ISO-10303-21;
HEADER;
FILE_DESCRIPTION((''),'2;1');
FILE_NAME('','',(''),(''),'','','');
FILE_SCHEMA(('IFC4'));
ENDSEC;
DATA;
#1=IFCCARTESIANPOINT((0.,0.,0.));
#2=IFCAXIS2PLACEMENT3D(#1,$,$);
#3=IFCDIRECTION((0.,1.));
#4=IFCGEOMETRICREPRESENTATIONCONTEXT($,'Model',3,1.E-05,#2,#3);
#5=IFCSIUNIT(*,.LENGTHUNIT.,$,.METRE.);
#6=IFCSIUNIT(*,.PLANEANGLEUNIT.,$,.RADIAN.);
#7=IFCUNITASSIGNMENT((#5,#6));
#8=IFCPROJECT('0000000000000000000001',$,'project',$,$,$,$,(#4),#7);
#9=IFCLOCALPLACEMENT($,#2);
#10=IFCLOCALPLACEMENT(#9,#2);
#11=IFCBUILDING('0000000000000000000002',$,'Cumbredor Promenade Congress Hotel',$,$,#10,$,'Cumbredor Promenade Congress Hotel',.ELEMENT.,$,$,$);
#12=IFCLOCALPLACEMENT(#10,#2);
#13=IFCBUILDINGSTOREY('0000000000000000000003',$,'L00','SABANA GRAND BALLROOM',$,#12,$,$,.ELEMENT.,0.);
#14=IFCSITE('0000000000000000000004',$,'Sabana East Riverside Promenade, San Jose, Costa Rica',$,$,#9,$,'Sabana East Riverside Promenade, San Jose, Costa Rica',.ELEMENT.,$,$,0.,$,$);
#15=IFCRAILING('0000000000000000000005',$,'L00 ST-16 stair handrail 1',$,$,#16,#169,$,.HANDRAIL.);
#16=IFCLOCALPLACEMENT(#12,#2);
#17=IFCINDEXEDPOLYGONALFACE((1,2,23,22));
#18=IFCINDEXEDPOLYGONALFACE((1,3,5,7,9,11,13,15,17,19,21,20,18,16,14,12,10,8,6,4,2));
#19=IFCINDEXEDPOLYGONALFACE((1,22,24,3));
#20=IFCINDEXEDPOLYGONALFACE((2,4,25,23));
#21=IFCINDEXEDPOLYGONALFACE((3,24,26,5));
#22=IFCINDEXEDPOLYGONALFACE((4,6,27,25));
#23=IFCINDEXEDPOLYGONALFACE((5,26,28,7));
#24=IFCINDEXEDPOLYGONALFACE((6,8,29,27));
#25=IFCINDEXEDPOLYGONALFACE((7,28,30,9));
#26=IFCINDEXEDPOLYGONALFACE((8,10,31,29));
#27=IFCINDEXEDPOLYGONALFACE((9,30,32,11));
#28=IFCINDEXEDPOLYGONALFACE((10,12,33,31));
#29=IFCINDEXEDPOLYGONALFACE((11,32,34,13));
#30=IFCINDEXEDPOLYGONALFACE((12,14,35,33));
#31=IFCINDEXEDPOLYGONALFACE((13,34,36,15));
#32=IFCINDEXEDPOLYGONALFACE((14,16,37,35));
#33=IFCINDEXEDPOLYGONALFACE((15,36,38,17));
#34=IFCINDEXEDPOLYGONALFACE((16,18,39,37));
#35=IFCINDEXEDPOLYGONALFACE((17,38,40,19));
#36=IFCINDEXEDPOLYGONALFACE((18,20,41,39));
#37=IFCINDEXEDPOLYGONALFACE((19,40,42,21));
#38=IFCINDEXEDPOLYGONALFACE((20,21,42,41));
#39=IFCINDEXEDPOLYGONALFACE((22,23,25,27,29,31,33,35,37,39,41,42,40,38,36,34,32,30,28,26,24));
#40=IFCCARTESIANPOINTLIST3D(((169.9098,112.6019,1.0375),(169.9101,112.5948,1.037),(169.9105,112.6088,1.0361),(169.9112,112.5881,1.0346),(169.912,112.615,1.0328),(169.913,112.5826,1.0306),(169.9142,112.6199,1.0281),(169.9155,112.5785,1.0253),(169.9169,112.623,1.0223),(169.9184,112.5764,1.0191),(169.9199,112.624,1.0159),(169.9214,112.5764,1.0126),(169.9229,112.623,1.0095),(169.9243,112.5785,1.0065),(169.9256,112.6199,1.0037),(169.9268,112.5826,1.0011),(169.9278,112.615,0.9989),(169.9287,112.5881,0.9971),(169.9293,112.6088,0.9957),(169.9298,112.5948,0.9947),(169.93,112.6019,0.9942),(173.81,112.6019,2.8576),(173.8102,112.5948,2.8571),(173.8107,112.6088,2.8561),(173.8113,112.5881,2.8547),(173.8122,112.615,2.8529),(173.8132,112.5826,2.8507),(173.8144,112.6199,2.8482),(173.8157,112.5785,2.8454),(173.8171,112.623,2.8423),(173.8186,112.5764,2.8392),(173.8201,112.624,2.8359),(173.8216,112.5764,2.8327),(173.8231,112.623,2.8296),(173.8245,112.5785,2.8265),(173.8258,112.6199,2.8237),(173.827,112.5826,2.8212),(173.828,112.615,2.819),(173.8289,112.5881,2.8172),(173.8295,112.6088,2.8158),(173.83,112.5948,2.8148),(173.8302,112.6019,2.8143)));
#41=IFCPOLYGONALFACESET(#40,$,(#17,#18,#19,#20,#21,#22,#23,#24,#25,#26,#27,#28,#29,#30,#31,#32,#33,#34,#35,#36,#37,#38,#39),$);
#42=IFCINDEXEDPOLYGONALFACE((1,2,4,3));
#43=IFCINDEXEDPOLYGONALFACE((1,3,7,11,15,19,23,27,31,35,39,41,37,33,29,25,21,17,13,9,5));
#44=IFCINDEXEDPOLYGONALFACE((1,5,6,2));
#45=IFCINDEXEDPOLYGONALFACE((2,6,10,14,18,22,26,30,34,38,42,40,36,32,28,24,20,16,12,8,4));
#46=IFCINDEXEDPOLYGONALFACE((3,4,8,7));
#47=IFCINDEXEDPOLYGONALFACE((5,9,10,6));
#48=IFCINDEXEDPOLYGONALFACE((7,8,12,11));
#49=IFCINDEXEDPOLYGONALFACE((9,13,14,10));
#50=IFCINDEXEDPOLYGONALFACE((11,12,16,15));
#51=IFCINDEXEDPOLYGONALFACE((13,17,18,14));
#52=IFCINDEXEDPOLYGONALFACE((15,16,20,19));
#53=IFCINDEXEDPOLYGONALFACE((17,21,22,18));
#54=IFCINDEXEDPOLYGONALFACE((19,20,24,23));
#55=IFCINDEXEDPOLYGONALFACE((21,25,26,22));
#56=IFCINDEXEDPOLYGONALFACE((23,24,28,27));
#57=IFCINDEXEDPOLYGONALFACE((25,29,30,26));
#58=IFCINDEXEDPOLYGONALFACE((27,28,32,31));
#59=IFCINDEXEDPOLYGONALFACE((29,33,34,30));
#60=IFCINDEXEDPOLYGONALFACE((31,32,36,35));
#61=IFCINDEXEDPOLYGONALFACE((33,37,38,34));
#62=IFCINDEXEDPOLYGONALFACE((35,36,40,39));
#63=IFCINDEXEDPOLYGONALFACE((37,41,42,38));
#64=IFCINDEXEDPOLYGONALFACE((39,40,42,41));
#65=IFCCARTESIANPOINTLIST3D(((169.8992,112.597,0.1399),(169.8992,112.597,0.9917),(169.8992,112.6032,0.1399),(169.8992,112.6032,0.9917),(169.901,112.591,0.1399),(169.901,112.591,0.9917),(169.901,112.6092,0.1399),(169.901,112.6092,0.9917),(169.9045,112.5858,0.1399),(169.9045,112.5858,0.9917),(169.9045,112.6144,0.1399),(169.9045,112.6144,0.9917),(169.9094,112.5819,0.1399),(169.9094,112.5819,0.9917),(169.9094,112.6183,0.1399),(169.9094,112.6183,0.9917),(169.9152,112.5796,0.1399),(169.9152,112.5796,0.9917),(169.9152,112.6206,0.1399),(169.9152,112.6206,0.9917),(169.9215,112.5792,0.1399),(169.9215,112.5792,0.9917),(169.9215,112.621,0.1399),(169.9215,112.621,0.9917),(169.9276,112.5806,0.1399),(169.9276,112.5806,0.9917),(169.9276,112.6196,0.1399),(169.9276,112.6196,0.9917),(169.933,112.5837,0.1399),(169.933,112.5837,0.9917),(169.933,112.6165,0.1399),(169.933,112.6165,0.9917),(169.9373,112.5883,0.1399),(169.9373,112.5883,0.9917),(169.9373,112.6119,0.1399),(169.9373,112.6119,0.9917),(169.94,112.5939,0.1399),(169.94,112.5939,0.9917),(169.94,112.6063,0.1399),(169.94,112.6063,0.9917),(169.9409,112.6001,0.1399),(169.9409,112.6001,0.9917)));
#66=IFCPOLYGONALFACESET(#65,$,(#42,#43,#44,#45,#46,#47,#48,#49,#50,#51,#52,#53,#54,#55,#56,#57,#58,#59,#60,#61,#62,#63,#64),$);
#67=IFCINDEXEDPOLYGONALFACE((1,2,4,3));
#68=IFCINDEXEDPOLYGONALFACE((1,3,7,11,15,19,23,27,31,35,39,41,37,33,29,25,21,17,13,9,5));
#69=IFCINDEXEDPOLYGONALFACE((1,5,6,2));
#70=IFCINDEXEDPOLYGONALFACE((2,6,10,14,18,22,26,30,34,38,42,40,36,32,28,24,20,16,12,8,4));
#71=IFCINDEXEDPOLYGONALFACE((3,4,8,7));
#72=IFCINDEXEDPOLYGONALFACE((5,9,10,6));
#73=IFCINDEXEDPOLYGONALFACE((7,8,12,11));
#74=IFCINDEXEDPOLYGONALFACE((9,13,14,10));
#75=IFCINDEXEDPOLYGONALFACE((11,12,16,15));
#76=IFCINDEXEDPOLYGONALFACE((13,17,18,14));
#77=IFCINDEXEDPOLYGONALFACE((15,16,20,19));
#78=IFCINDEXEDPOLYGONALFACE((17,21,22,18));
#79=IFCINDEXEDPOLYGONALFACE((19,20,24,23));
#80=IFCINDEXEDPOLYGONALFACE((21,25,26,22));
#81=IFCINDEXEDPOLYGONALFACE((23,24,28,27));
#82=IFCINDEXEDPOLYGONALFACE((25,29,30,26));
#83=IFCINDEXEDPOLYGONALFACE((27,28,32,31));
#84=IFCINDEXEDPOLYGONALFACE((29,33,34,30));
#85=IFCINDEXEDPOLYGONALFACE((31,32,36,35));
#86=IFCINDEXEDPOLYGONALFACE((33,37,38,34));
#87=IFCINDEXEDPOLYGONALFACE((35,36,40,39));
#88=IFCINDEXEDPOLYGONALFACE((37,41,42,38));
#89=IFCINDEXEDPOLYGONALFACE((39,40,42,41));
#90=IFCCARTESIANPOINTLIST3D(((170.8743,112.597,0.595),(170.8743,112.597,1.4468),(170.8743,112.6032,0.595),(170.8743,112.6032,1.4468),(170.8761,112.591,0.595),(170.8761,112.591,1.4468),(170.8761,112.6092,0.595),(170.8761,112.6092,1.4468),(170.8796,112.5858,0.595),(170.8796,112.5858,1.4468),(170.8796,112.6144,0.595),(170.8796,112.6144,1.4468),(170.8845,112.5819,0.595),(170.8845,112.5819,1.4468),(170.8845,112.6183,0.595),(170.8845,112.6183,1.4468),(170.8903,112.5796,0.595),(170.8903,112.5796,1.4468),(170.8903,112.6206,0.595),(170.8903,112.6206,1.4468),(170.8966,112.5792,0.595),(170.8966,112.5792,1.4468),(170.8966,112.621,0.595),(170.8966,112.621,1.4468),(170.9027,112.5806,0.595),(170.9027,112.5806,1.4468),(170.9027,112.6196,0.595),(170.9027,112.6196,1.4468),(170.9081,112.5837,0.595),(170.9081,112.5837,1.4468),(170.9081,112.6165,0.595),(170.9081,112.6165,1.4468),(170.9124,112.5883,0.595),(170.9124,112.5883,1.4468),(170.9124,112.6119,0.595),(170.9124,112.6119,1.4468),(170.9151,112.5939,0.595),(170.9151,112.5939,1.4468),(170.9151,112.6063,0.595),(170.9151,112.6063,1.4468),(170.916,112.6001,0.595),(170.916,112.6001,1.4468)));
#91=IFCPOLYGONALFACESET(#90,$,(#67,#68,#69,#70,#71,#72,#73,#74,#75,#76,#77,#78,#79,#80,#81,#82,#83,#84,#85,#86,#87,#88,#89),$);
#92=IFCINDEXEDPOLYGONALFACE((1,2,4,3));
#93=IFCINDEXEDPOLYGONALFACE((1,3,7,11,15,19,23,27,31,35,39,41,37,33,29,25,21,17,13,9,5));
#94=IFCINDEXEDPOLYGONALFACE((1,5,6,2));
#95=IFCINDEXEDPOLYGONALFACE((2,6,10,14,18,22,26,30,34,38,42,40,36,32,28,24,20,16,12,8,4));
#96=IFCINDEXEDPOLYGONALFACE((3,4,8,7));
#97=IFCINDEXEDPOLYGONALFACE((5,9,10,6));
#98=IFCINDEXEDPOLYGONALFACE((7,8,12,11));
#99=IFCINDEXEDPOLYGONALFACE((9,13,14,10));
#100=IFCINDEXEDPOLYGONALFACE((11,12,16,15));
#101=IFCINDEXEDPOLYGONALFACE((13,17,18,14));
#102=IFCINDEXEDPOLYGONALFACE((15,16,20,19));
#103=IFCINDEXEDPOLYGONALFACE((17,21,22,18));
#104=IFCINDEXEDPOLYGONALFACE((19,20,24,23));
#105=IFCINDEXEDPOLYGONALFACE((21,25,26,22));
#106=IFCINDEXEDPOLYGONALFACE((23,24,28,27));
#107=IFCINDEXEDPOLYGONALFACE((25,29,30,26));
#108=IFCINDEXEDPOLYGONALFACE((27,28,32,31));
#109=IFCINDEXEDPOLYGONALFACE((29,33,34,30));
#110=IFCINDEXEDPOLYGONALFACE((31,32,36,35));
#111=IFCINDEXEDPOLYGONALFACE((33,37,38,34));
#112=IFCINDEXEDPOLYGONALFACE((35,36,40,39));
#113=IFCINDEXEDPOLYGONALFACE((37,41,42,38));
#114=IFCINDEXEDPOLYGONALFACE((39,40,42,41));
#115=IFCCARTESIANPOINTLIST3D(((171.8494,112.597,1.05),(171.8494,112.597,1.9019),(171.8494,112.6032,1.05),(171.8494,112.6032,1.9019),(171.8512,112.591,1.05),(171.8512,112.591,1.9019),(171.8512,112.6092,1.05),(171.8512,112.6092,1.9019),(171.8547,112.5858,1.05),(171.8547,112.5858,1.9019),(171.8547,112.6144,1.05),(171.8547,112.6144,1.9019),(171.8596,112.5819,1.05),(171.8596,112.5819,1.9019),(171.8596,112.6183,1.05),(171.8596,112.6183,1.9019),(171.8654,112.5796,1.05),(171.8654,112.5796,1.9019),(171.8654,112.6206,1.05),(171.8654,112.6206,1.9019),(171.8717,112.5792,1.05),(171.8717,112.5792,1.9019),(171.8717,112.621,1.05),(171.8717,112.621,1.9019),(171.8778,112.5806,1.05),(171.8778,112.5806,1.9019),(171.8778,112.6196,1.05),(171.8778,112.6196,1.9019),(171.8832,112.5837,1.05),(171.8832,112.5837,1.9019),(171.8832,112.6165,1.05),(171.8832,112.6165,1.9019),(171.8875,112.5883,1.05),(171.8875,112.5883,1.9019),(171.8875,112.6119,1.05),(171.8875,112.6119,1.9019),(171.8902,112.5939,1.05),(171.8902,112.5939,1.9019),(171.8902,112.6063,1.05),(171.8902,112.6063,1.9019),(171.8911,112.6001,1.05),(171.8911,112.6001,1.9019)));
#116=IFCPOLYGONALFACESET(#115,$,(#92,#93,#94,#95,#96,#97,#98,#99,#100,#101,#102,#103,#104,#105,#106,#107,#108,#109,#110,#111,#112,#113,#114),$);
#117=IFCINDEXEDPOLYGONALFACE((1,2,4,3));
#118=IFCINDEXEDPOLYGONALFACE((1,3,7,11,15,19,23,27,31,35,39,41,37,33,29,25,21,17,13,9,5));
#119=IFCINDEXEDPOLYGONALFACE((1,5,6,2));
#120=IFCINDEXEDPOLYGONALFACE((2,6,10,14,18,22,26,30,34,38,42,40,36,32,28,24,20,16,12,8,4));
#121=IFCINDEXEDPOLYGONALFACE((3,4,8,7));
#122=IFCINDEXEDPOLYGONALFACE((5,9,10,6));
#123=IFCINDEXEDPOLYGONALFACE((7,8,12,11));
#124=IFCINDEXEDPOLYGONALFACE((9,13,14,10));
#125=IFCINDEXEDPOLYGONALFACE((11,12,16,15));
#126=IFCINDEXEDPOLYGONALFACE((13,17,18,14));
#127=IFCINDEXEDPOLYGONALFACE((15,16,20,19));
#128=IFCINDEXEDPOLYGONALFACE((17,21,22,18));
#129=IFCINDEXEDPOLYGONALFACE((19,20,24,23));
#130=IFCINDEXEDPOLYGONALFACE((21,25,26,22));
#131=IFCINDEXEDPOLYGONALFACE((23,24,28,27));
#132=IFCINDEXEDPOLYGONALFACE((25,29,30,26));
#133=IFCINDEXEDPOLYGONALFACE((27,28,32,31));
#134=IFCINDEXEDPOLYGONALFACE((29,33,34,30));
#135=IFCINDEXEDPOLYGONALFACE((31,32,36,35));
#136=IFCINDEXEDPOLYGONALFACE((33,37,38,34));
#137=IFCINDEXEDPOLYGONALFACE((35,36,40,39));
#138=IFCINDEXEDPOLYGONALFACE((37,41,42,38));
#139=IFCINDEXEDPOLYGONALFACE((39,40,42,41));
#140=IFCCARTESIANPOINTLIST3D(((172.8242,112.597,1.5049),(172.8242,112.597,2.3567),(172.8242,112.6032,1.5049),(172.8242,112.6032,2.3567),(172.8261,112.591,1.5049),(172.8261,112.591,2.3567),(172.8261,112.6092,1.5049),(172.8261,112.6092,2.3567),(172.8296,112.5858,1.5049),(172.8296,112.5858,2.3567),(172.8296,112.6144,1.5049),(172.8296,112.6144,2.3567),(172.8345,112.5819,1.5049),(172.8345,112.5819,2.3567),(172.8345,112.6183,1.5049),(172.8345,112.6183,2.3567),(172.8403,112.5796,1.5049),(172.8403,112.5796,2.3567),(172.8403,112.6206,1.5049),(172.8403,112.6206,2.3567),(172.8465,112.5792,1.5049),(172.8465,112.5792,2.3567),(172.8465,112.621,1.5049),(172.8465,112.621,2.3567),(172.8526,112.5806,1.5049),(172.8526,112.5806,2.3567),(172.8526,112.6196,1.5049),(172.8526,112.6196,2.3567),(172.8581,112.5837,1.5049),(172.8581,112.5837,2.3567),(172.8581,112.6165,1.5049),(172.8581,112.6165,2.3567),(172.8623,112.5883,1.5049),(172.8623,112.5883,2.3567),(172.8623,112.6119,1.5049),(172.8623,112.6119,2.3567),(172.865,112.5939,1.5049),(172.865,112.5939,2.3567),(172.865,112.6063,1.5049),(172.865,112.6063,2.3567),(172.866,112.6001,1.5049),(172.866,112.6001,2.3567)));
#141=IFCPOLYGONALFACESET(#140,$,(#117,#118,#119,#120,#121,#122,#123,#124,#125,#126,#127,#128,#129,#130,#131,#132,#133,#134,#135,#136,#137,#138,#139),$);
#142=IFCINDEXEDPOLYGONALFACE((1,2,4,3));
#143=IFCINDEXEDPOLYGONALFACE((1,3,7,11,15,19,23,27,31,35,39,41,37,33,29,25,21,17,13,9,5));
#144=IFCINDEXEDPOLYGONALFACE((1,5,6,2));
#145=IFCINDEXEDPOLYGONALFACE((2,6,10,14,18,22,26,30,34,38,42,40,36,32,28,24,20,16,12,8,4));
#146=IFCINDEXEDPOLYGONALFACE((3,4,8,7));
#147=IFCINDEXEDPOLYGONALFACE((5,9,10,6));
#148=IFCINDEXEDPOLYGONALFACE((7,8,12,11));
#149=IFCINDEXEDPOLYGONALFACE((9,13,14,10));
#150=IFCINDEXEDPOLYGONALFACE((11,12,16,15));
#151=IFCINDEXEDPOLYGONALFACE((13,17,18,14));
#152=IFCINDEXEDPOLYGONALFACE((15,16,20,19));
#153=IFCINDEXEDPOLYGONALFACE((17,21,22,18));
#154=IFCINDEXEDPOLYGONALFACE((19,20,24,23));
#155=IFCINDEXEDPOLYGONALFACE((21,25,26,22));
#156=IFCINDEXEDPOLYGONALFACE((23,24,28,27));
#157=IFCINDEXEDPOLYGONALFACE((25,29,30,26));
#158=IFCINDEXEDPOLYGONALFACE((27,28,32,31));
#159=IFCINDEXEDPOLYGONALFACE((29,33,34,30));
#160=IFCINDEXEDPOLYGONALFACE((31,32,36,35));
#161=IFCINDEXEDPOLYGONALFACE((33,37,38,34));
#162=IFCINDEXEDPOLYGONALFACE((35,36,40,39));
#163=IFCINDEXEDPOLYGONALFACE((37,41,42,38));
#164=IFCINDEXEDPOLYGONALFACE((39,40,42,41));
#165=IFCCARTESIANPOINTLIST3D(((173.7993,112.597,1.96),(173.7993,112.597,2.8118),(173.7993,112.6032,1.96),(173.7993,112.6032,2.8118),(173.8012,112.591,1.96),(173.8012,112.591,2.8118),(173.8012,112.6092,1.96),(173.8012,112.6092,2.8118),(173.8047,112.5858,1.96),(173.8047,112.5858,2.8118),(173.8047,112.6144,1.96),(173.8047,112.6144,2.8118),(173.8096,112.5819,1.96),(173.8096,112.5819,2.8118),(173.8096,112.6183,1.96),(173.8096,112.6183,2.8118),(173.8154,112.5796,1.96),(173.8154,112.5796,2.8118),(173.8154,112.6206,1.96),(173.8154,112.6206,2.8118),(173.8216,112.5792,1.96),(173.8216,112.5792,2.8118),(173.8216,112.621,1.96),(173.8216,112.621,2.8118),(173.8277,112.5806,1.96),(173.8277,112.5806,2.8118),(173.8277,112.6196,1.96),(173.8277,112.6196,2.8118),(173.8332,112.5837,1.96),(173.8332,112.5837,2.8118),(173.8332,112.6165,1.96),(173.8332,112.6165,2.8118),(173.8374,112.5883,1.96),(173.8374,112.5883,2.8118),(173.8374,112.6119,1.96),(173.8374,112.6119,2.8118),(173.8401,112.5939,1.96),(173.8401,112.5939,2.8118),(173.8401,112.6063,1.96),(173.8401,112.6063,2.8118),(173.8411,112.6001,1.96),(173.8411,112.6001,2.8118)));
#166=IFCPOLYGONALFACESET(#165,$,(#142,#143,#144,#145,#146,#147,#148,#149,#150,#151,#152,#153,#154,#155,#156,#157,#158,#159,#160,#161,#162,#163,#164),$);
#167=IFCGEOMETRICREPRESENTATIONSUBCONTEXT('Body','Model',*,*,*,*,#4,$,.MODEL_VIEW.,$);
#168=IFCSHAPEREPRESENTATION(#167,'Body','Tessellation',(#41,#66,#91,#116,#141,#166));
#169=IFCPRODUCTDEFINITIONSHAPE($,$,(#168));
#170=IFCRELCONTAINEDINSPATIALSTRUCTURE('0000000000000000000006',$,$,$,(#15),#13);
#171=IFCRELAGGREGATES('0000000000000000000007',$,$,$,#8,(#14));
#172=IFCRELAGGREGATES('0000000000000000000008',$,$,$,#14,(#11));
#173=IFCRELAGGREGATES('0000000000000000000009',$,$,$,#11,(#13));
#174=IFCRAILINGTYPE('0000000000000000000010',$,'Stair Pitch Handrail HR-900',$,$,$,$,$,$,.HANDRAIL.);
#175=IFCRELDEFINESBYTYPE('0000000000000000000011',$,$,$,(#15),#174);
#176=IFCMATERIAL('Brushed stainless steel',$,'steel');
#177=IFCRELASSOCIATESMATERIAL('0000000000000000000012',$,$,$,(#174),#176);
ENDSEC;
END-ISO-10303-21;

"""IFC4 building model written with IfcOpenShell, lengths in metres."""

from ifc_helpers import new_model, si_unit, direction, frame, origin, origin_2d, place, context, subcontext, project, spatial, circle, extrude, material, type_object, element, save


model = new_model("IFC4")

# Units and contexts
model_context = context("Model", 3, precision=1e-05, world=origin(), true_north=direction((0.0, 1.0)))
body_context = subcontext(model_context, "Body", "Model", "MODEL_VIEW")
ifc_project = project(units=[si_unit("LENGTHUNIT", "METRE"), si_unit("PLANEANGLEUNIT", "RADIAN")], contexts=[model_context])

# Site, building, storey
site_placement = place(None, origin())
site = spatial("IfcSite", under=ifc_project, at=site_placement, Name="Sabana East Riverside Promenade, San Jose, Costa Rica", LongName="Sabana East Riverside Promenade, San Jose, Costa Rica", CompositionType="ELEMENT", RefElevation=0.0)
building_placement = place(site_placement, origin())
building = spatial("IfcBuilding", under=site, at=building_placement, Name="Cumbredor Promenade Congress Hotel", LongName="Cumbredor Promenade Congress Hotel", CompositionType="ELEMENT")
storey_placement = place(building_placement, origin())
storey = spatial("IfcBuildingStorey", under=building, at=storey_placement, Name="L00", Description="SABANA GRAND BALLROOM", CompositionType="ELEMENT", Elevation=0.0)

# Railing
ifc_material_1 = material(Name="Brushed stainless steel", Category="steel")
railing_type_1 = type_object("IfcRailingType", Name="Stair Pitch Handrail HR-900", PredefinedType="HANDRAIL", material=ifc_material_1)
railing_1_placement = place(storey_placement, frame((169.9199, 112.6001, 0.1399)))
element("IfcRailing", 1, at=railing_1_placement, inside=storey, type_object=railing_type_1, Name="L00 ST-16 stair handrail 1", PredefinedType="HANDRAIL", context=body_context, shape_type="SweptSolid", body=[
    extrude(circle(Radius=0.0239, at=origin_2d()), frame((0.0, 0.0, 0.876), z_axis=(0.906183, 0.0, 0.422885), x_axis=(0.0, 1.0, 0.0)), (0.0, 0.0, 1.0), 4.304),
    extrude(circle(Radius=0.021, at=origin_2d()), origin(), (0.0, 0.0, 1.0), 0.8518),
    extrude(circle(Radius=0.021, at=origin_2d()), frame((0.9751, 0.0, 0.4551)), (0.0, 0.0, 1.0), 0.8518),
    extrude(circle(Radius=0.021, at=origin_2d()), frame((1.9502, 0.0, 0.9102)), (0.0, 0.0, 1.0), 0.8518),
    extrude(circle(Radius=0.021, at=origin_2d()), frame((2.925, 0.0, 1.365)), (0.0, 0.0, 1.0), 0.8518),
    extrude(circle(Radius=0.021, at=origin_2d()), frame((3.9001, 0.0, 1.8201)), (0.0, 0.0, 1.0), 0.8518),
])

save(model, "model.ifc")
